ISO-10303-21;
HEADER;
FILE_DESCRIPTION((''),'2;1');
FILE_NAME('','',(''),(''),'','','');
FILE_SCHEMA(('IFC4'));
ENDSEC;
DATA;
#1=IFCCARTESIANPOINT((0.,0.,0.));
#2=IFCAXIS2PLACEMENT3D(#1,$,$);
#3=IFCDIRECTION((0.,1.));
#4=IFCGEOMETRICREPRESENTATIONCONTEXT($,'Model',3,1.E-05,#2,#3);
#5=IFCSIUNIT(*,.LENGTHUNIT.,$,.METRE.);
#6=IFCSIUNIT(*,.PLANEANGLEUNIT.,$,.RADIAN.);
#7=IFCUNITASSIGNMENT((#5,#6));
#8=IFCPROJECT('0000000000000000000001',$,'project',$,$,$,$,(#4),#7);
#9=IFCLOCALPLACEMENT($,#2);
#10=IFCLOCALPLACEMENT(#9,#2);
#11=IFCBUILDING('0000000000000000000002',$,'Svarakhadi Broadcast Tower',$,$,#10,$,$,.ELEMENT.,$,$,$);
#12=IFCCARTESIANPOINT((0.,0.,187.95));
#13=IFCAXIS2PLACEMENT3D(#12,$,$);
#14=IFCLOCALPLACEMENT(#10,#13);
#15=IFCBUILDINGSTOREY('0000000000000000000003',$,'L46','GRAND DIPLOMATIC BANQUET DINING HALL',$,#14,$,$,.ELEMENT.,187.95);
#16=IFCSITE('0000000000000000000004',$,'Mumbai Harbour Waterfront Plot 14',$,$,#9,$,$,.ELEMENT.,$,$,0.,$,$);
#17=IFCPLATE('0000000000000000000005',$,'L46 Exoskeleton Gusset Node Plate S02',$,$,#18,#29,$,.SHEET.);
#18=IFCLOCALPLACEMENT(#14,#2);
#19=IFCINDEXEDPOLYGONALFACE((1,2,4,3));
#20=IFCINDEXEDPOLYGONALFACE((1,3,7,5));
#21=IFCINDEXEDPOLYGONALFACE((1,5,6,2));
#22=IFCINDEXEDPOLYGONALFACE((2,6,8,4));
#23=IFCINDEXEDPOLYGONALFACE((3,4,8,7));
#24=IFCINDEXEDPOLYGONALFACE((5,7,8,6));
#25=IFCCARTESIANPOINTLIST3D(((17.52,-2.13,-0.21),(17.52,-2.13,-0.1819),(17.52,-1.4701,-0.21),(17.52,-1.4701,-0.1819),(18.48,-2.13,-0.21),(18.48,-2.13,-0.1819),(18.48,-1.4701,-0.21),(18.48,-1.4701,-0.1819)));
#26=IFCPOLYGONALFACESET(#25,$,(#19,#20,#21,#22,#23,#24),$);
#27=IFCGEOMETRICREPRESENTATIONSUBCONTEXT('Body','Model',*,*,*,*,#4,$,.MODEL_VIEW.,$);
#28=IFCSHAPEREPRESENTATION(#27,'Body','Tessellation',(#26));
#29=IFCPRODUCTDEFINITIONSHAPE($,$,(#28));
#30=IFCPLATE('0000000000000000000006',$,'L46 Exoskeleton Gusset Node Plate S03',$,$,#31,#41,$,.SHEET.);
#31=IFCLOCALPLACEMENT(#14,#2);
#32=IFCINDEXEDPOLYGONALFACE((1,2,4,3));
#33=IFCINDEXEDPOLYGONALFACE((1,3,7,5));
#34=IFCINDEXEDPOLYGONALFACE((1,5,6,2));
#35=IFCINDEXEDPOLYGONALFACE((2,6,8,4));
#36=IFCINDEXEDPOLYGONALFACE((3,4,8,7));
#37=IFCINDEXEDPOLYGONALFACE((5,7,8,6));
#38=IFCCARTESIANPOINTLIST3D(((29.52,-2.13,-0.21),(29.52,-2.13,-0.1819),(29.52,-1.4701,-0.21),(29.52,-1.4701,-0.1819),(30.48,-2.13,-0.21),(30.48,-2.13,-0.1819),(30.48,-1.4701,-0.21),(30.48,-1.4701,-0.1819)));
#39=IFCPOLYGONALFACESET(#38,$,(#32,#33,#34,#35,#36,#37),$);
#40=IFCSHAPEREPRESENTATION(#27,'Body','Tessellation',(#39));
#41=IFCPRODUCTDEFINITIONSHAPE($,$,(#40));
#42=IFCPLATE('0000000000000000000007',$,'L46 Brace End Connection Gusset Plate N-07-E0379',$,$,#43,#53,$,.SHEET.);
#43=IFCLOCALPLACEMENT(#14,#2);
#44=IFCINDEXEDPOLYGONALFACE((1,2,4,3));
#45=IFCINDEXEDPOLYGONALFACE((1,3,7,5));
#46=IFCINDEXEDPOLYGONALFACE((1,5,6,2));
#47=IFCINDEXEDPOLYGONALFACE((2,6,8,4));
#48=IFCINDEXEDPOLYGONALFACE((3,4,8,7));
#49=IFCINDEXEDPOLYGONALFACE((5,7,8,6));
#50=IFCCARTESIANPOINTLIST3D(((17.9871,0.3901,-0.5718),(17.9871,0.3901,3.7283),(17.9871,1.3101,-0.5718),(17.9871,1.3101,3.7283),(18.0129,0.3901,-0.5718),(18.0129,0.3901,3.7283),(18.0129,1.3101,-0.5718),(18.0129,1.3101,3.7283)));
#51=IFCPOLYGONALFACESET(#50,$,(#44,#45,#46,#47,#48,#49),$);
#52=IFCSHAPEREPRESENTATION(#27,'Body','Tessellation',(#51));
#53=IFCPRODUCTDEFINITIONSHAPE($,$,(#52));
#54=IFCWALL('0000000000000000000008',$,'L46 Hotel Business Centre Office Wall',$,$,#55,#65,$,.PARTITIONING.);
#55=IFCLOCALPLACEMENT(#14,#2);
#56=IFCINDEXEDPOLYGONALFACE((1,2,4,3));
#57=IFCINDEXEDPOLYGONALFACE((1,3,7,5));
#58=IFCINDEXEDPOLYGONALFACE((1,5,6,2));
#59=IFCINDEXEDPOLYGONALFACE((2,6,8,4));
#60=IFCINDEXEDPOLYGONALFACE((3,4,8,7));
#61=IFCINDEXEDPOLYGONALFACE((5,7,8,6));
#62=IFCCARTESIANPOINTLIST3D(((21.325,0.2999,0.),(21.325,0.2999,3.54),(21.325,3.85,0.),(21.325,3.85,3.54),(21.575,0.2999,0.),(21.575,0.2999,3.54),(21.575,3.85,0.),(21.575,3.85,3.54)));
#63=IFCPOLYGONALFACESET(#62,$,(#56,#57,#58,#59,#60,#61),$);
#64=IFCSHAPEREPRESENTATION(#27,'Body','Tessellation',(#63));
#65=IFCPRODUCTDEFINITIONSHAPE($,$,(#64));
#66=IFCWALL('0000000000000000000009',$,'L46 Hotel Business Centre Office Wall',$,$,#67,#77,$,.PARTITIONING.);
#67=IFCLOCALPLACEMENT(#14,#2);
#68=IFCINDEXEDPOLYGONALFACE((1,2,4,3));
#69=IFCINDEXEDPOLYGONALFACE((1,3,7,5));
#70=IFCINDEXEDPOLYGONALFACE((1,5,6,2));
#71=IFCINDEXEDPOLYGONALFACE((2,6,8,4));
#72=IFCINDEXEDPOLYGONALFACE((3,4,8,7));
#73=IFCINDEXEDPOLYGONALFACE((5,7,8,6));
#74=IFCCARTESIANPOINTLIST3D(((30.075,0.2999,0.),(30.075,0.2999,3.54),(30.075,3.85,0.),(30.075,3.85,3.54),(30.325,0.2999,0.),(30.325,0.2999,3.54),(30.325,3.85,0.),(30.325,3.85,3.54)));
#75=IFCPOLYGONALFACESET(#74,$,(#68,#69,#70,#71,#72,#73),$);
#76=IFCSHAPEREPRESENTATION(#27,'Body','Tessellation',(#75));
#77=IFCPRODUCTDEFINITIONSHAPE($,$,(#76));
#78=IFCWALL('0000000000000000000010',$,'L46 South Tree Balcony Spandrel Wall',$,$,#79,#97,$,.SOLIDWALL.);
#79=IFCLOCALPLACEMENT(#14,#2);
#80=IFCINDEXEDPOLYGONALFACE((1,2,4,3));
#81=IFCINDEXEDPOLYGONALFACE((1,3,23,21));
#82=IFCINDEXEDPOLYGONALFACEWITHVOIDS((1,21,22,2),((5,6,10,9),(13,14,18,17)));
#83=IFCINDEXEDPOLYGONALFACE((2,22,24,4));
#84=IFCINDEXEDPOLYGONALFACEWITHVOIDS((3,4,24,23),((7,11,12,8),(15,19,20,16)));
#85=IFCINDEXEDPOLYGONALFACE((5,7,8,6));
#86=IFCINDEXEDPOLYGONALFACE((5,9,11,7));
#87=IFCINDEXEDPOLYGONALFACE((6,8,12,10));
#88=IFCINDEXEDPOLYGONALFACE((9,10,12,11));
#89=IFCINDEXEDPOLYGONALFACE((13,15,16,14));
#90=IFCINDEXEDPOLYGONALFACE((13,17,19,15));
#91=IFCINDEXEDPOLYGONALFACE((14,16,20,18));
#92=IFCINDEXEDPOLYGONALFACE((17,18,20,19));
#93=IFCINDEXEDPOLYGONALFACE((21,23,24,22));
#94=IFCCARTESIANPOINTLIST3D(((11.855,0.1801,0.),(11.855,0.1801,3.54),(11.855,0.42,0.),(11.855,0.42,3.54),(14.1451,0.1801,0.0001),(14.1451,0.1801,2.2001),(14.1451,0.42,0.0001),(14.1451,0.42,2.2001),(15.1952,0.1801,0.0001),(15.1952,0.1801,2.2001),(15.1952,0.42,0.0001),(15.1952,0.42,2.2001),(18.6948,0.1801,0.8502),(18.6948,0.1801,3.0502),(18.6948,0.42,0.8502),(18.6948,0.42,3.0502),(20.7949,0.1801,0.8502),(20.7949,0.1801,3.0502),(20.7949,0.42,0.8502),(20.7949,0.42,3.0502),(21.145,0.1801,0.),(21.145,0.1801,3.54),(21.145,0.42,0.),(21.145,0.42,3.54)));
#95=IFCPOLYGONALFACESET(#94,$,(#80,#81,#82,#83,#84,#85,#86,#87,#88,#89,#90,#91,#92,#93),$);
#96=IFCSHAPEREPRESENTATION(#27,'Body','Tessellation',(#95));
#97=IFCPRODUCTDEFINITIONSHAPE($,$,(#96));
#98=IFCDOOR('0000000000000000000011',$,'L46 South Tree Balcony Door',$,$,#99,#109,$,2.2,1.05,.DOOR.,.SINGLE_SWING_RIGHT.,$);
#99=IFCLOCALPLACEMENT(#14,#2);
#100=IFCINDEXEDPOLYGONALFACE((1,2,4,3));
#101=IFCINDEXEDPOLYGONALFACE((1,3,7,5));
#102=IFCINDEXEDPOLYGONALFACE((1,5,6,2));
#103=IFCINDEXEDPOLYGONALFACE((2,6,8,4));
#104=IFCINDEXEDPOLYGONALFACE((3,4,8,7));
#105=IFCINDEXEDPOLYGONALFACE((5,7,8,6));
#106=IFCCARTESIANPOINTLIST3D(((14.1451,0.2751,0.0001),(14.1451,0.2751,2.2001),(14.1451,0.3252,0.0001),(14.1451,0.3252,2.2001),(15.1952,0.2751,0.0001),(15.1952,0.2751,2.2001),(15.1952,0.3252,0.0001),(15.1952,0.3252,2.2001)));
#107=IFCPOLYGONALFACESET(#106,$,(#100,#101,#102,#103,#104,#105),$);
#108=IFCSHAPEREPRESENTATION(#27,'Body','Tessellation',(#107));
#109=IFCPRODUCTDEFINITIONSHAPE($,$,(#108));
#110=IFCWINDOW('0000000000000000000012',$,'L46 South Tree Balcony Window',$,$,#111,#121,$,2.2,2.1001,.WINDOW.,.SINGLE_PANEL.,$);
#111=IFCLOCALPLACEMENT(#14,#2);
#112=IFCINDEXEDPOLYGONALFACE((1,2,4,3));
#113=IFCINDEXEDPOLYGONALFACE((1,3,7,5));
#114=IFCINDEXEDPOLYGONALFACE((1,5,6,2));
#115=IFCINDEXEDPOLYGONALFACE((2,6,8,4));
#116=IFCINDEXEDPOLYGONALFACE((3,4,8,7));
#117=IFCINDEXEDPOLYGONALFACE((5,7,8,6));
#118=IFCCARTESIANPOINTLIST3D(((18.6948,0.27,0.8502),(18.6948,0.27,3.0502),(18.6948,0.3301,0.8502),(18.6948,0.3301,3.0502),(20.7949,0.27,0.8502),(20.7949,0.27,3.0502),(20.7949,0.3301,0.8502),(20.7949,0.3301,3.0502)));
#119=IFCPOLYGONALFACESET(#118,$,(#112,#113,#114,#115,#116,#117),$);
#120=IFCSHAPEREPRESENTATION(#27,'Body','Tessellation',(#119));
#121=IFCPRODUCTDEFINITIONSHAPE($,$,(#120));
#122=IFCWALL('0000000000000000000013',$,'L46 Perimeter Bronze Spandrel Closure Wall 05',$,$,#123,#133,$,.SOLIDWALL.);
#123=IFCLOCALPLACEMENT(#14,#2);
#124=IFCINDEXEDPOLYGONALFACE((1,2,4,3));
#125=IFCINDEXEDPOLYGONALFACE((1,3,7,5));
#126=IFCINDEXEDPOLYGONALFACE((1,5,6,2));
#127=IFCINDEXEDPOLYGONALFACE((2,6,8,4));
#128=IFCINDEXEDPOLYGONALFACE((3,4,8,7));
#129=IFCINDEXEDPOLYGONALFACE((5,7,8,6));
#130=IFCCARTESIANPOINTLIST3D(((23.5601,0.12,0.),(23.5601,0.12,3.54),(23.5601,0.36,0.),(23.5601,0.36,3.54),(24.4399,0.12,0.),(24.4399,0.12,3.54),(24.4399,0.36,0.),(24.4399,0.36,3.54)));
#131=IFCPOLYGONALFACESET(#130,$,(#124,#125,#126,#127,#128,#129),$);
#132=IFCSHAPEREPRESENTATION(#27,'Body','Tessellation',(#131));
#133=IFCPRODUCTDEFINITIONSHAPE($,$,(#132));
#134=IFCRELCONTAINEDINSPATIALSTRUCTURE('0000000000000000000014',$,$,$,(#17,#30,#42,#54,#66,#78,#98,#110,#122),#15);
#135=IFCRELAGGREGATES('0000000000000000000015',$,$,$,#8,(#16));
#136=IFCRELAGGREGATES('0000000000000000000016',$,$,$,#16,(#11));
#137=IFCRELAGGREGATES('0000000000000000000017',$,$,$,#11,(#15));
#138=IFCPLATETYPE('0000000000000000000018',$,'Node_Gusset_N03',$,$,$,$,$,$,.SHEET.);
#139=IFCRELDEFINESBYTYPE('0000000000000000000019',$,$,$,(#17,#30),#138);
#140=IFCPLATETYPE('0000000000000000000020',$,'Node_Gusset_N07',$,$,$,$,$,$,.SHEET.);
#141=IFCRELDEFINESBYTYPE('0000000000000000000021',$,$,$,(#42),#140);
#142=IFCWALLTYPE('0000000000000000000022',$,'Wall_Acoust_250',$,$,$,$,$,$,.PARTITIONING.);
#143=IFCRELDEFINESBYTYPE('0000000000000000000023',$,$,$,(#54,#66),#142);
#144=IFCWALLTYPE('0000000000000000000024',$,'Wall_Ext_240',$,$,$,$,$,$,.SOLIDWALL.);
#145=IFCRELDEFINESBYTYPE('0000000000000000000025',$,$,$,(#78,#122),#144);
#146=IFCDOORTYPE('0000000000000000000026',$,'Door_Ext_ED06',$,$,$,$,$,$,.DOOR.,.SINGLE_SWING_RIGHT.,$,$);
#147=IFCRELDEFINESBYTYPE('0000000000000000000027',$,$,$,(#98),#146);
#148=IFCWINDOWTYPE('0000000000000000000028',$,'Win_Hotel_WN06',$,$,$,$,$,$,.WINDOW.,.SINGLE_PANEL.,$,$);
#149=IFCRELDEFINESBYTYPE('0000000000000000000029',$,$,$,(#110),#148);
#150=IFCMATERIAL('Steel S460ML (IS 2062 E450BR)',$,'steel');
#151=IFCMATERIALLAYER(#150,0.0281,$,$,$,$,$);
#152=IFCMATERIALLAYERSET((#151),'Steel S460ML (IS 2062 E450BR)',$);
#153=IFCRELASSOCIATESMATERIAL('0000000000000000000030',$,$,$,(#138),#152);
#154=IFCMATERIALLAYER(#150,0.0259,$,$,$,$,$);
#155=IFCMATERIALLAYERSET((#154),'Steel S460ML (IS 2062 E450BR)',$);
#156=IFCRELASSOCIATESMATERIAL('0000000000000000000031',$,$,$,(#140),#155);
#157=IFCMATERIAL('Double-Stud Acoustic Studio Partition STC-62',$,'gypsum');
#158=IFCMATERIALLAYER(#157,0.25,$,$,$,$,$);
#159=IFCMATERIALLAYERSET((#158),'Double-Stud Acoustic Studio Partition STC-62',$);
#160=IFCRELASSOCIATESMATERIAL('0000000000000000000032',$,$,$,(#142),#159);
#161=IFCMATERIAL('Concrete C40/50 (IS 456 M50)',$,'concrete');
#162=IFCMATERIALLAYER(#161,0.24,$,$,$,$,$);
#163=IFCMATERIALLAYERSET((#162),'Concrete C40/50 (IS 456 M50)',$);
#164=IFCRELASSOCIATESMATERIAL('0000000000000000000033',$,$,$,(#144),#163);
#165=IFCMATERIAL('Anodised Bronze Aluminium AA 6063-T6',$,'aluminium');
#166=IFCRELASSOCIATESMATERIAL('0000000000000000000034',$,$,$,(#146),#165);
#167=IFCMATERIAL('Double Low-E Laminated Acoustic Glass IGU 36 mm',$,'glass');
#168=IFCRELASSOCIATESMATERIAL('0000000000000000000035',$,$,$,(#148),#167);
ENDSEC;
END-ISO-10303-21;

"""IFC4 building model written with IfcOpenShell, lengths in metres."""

from ifc_helpers import new_model, si_unit, direction, frame, frame_2d, origin, origin_2d, place, context, subcontext, project, spatial, rectangle, extrude, material, layer, layer_set, type_object, element, fill, save


model = new_model("IFC4")

# Units and contexts
model_context = context("Model", 3, precision=1e-05, world=origin(), true_north=direction((0.0, 1.0)))
body_context = subcontext(model_context, "Body", "Model", "MODEL_VIEW")
ifc_project = project(units=[si_unit("LENGTHUNIT", "METRE"), si_unit("PLANEANGLEUNIT", "RADIAN")], contexts=[model_context])

# Site, building, storey
site_placement = place(None, origin())
site = spatial("IfcSite", under=ifc_project, at=site_placement, Name="Mumbai Harbour Waterfront Plot 14", CompositionType="ELEMENT", RefElevation=0.0)
building_placement = place(site_placement, origin())
building = spatial("IfcBuilding", under=site, at=building_placement, Name="Svarakhadi Broadcast Tower", CompositionType="ELEMENT")
storey_placement = place(building_placement, frame((0.0, 0.0, 187.95)))
storey = spatial("IfcBuildingStorey", under=building, at=storey_placement, Name="L46", Description="GRAND DIPLOMATIC BANQUET DINING HALL", CompositionType="ELEMENT", Elevation=187.95)

# Shared definitions
ifc_material_1 = material(Name="Anodised Bronze Aluminium AA 6063-T6", Category="aluminium")

# Shared definitions
ifc_material_2 = material(Name="Steel S460ML (IS 2062 E450BR)", Category="steel")

# Shared definitions
ifc_material_3 = material(Name="Double Low-E Laminated Acoustic Glass IGU 36 mm", Category="glass")

# Plates
ifc_layer_1 = layer(ifc_material_2, 0.0281)
ifc_layer_set_1 = layer_set([ifc_layer_1], Name="Steel S460ML (IS 2062 E450BR)")
plate_type_1 = type_object("IfcPlateType", Name="Node_Gusset_N03", PredefinedType="SHEET", material=ifc_layer_set_1)
for number, where, z_axis, x_axis, name in (
    (1, (18.0, -1.8, -0.21), (0.0, 0.0, 1.0), (1.0, 0.0, 0.0), "L46 Exoskeleton Gusset Node Plate S02"),
    (2, (30.0, -1.8, -0.21), (0.0, 0.0, 1.0), (1.0, 0.0, 0.0), "L46 Exoskeleton Gusset Node Plate S03"),
):
    element("IfcPlate", number, at=place(storey_placement, frame(where, z_axis=z_axis, x_axis=x_axis)), inside=storey, type_object=plate_type_1, Name=name, PredefinedType="SHEET", context=body_context, shape_type="SweptSolid", body=[
        extrude(rectangle(XDim=0.96, YDim=0.6599, at=origin_2d()), origin(), (0.0, 0.0, 1.0), 0.0281),
    ])
ifc_layer_2 = layer(ifc_material_2, 0.0259)
ifc_layer_set_2 = layer_set([ifc_layer_2], Name="Steel S460ML (IS 2062 E450BR)")
plate_type_2 = type_object("IfcPlateType", Name="Node_Gusset_N07", PredefinedType="SHEET", material=ifc_layer_set_2)
plate_1_placement = place(storey_placement, frame((18.0, 0.8501, -0.5718), z_axis=(0.0, 0.0, 1.0), x_axis=(0.0, 1.0, 0.0)))
element("IfcPlate", 3, at=plate_1_placement, inside=storey, type_object=plate_type_2, Name="L46 Brace End Connection Gusset Plate N-07-E0379", PredefinedType="SHEET", context=body_context, shape_type="SweptSolid", body=[
    extrude(rectangle(XDim=0.9199, YDim=0.0259, at=origin_2d()), origin(), (0.0, 0.0, 1.0), 4.3),
])

# Walls
ifc_material_4 = material(Name="Double-Stud Acoustic Studio Partition STC-62", Category="gypsum")
ifc_layer_3 = layer(ifc_material_4, 0.25)
ifc_layer_set_3 = layer_set([ifc_layer_3], Name="Double-Stud Acoustic Studio Partition STC-62")
wall_type_1 = type_object("IfcWallType", Name="Wall_Acoust_250", PredefinedType="PARTITIONING", material=ifc_layer_set_3)
for number, where, z_axis, x_axis, name in (
    (4, (21.45, 0.3, 0.0), (0.0, 0.0, 1.0), (0.0, 1.0, 0.0), "L46 Hotel Business Centre Office Wall"),
    (5, (30.2, 0.3, 0.0), (0.0, 0.0, 1.0), (0.0, 1.0, 0.0), "L46 Hotel Business Centre Office Wall"),
):
    element("IfcWall", number, at=place(storey_placement, frame(where, z_axis=z_axis, x_axis=x_axis)), inside=storey, type_object=wall_type_1, Name=name, PredefinedType="PARTITIONING", context=body_context, shape_type="SweptSolid", body=[
        extrude(rectangle(XDim=3.55, YDim=0.25, at=frame_2d((1.7749, 0.0))), origin(), (0.0, 0.0, 1.0), 3.54),
    ])

# Wall, openings, door, window
ifc_material_5 = material(Name="Concrete C40/50 (IS 456 M50)", Category="concrete")
ifc_layer_4 = layer(ifc_material_5, 0.24)
ifc_layer_set_4 = layer_set([ifc_layer_4], Name="Concrete C40/50 (IS 456 M50)")
wall_type_2 = type_object("IfcWallType", Name="Wall_Ext_240", PredefinedType="SOLIDWALL", material=ifc_layer_set_4)
wall_1_placement = place(storey_placement, frame((21.145, 0.3, 0.0), z_axis=(0.0, 0.0, 1.0), x_axis=(-1.0, 0.0, 0.0)))
wall_1 = element("IfcWall", 6, at=wall_1_placement, inside=storey, type_object=wall_type_2, Name="L46 South Tree Balcony Spandrel Wall", PredefinedType="SOLIDWALL", context=body_context, shape_type="SweptSolid", body=[
    extrude(rectangle(XDim=9.29, YDim=0.24, at=frame_2d((4.645, 0.0))), origin(), (0.0, 0.0, 1.0), 3.54),
])
opening_1_placement = place(wall_1_placement, frame((5.95, 0.0, 0.0)))
opening_1 = element("IfcOpeningElement", 7, at=opening_1_placement, cuts=wall_1, PredefinedType="OPENING", context=body_context, shape_type="SweptSolid", body=[
    extrude(rectangle(XDim=1.05, YDim=2.2, at=frame_2d((0.5249, 1.1001))), frame((0.0, 0.1299, 0.0), z_axis=(0.0, -1.0, 0.0), x_axis=(1.0, 0.0, 0.0)), (0.0, 0.0, 1.0), 0.26),
])
opening_2_placement = place(wall_1_placement, frame((0.3501, 0.0, 0.8501)))
opening_2 = element("IfcOpeningElement", 8, at=opening_2_placement, cuts=wall_1, PredefinedType="OPENING", context=body_context, shape_type="SweptSolid", body=[
    extrude(rectangle(XDim=2.1001, YDim=2.2, at=frame_2d((1.05, 1.1001))), frame((0.0, 0.1299, 0.0), z_axis=(0.0, -1.0, 0.0), x_axis=(1.0, 0.0, 0.0)), (0.0, 0.0, 1.0), 0.26),
])
door_type = type_object("IfcDoorType", Name="Door_Ext_ED06", OperationType="SINGLE_SWING_RIGHT", PredefinedType="DOOR", material=ifc_material_1)
door_placement = place(opening_1_placement, origin())
door = element("IfcDoor", 9, at=door_placement, inside=storey, type_object=door_type, Name="L46 South Tree Balcony Door", OperationType="SINGLE_SWING_RIGHT", OverallHeight=2.2, OverallWidth=1.05, PredefinedType="DOOR", context=body_context, shape_type="SweptSolid", body=[
    extrude(rectangle(XDim=1.05, YDim=2.2, at=frame_2d((0.5249, 1.1001))), frame((0.0, 0.0249, 0.0), z_axis=(0.0, -1.0, 0.0), x_axis=(1.0, 0.0, 0.0)), (0.0, 0.0, 1.0), 0.05),
])
fill(opening_1, door)
window_type = type_object("IfcWindowType", Name="Win_Hotel_WN06", PartitioningType="SINGLE_PANEL", PredefinedType="WINDOW", material=ifc_material_3)
window_placement = place(opening_2_placement, origin())
window = element("IfcWindow", 10, at=window_placement, inside=storey, type_object=window_type, Name="L46 South Tree Balcony Window", OverallHeight=2.2, OverallWidth=2.1001, PartitioningType="SINGLE_PANEL", PredefinedType="WINDOW", context=body_context, shape_type="SweptSolid", body=[
    extrude(rectangle(XDim=2.1001, YDim=2.2, at=frame_2d((1.05, 1.1001))), frame((0.0, 0.03, 0.0), z_axis=(0.0, -1.0, 0.0), x_axis=(1.0, 0.0, 0.0)), (0.0, 0.0, 1.0), 0.0601),
])
fill(opening_2, window)

# Wall
wall_2_placement = place(storey_placement, frame((24.4399, 0.24, 0.0), z_axis=(0.0, 0.0, 1.0), x_axis=(-1.0, 0.0, 0.0)))
element("IfcWall", 11, at=wall_2_placement, inside=storey, type_object=wall_type_2, Name="L46 Perimeter Bronze Spandrel Closure Wall 05", PredefinedType="SOLIDWALL", context=body_context, shape_type="SweptSolid", body=[
    extrude(rectangle(XDim=0.8799, YDim=0.24, at=frame_2d((0.4399, 0.0))), origin(), (0.0, 0.0, 1.0), 3.54),
])

save(model, "model.ifc")
